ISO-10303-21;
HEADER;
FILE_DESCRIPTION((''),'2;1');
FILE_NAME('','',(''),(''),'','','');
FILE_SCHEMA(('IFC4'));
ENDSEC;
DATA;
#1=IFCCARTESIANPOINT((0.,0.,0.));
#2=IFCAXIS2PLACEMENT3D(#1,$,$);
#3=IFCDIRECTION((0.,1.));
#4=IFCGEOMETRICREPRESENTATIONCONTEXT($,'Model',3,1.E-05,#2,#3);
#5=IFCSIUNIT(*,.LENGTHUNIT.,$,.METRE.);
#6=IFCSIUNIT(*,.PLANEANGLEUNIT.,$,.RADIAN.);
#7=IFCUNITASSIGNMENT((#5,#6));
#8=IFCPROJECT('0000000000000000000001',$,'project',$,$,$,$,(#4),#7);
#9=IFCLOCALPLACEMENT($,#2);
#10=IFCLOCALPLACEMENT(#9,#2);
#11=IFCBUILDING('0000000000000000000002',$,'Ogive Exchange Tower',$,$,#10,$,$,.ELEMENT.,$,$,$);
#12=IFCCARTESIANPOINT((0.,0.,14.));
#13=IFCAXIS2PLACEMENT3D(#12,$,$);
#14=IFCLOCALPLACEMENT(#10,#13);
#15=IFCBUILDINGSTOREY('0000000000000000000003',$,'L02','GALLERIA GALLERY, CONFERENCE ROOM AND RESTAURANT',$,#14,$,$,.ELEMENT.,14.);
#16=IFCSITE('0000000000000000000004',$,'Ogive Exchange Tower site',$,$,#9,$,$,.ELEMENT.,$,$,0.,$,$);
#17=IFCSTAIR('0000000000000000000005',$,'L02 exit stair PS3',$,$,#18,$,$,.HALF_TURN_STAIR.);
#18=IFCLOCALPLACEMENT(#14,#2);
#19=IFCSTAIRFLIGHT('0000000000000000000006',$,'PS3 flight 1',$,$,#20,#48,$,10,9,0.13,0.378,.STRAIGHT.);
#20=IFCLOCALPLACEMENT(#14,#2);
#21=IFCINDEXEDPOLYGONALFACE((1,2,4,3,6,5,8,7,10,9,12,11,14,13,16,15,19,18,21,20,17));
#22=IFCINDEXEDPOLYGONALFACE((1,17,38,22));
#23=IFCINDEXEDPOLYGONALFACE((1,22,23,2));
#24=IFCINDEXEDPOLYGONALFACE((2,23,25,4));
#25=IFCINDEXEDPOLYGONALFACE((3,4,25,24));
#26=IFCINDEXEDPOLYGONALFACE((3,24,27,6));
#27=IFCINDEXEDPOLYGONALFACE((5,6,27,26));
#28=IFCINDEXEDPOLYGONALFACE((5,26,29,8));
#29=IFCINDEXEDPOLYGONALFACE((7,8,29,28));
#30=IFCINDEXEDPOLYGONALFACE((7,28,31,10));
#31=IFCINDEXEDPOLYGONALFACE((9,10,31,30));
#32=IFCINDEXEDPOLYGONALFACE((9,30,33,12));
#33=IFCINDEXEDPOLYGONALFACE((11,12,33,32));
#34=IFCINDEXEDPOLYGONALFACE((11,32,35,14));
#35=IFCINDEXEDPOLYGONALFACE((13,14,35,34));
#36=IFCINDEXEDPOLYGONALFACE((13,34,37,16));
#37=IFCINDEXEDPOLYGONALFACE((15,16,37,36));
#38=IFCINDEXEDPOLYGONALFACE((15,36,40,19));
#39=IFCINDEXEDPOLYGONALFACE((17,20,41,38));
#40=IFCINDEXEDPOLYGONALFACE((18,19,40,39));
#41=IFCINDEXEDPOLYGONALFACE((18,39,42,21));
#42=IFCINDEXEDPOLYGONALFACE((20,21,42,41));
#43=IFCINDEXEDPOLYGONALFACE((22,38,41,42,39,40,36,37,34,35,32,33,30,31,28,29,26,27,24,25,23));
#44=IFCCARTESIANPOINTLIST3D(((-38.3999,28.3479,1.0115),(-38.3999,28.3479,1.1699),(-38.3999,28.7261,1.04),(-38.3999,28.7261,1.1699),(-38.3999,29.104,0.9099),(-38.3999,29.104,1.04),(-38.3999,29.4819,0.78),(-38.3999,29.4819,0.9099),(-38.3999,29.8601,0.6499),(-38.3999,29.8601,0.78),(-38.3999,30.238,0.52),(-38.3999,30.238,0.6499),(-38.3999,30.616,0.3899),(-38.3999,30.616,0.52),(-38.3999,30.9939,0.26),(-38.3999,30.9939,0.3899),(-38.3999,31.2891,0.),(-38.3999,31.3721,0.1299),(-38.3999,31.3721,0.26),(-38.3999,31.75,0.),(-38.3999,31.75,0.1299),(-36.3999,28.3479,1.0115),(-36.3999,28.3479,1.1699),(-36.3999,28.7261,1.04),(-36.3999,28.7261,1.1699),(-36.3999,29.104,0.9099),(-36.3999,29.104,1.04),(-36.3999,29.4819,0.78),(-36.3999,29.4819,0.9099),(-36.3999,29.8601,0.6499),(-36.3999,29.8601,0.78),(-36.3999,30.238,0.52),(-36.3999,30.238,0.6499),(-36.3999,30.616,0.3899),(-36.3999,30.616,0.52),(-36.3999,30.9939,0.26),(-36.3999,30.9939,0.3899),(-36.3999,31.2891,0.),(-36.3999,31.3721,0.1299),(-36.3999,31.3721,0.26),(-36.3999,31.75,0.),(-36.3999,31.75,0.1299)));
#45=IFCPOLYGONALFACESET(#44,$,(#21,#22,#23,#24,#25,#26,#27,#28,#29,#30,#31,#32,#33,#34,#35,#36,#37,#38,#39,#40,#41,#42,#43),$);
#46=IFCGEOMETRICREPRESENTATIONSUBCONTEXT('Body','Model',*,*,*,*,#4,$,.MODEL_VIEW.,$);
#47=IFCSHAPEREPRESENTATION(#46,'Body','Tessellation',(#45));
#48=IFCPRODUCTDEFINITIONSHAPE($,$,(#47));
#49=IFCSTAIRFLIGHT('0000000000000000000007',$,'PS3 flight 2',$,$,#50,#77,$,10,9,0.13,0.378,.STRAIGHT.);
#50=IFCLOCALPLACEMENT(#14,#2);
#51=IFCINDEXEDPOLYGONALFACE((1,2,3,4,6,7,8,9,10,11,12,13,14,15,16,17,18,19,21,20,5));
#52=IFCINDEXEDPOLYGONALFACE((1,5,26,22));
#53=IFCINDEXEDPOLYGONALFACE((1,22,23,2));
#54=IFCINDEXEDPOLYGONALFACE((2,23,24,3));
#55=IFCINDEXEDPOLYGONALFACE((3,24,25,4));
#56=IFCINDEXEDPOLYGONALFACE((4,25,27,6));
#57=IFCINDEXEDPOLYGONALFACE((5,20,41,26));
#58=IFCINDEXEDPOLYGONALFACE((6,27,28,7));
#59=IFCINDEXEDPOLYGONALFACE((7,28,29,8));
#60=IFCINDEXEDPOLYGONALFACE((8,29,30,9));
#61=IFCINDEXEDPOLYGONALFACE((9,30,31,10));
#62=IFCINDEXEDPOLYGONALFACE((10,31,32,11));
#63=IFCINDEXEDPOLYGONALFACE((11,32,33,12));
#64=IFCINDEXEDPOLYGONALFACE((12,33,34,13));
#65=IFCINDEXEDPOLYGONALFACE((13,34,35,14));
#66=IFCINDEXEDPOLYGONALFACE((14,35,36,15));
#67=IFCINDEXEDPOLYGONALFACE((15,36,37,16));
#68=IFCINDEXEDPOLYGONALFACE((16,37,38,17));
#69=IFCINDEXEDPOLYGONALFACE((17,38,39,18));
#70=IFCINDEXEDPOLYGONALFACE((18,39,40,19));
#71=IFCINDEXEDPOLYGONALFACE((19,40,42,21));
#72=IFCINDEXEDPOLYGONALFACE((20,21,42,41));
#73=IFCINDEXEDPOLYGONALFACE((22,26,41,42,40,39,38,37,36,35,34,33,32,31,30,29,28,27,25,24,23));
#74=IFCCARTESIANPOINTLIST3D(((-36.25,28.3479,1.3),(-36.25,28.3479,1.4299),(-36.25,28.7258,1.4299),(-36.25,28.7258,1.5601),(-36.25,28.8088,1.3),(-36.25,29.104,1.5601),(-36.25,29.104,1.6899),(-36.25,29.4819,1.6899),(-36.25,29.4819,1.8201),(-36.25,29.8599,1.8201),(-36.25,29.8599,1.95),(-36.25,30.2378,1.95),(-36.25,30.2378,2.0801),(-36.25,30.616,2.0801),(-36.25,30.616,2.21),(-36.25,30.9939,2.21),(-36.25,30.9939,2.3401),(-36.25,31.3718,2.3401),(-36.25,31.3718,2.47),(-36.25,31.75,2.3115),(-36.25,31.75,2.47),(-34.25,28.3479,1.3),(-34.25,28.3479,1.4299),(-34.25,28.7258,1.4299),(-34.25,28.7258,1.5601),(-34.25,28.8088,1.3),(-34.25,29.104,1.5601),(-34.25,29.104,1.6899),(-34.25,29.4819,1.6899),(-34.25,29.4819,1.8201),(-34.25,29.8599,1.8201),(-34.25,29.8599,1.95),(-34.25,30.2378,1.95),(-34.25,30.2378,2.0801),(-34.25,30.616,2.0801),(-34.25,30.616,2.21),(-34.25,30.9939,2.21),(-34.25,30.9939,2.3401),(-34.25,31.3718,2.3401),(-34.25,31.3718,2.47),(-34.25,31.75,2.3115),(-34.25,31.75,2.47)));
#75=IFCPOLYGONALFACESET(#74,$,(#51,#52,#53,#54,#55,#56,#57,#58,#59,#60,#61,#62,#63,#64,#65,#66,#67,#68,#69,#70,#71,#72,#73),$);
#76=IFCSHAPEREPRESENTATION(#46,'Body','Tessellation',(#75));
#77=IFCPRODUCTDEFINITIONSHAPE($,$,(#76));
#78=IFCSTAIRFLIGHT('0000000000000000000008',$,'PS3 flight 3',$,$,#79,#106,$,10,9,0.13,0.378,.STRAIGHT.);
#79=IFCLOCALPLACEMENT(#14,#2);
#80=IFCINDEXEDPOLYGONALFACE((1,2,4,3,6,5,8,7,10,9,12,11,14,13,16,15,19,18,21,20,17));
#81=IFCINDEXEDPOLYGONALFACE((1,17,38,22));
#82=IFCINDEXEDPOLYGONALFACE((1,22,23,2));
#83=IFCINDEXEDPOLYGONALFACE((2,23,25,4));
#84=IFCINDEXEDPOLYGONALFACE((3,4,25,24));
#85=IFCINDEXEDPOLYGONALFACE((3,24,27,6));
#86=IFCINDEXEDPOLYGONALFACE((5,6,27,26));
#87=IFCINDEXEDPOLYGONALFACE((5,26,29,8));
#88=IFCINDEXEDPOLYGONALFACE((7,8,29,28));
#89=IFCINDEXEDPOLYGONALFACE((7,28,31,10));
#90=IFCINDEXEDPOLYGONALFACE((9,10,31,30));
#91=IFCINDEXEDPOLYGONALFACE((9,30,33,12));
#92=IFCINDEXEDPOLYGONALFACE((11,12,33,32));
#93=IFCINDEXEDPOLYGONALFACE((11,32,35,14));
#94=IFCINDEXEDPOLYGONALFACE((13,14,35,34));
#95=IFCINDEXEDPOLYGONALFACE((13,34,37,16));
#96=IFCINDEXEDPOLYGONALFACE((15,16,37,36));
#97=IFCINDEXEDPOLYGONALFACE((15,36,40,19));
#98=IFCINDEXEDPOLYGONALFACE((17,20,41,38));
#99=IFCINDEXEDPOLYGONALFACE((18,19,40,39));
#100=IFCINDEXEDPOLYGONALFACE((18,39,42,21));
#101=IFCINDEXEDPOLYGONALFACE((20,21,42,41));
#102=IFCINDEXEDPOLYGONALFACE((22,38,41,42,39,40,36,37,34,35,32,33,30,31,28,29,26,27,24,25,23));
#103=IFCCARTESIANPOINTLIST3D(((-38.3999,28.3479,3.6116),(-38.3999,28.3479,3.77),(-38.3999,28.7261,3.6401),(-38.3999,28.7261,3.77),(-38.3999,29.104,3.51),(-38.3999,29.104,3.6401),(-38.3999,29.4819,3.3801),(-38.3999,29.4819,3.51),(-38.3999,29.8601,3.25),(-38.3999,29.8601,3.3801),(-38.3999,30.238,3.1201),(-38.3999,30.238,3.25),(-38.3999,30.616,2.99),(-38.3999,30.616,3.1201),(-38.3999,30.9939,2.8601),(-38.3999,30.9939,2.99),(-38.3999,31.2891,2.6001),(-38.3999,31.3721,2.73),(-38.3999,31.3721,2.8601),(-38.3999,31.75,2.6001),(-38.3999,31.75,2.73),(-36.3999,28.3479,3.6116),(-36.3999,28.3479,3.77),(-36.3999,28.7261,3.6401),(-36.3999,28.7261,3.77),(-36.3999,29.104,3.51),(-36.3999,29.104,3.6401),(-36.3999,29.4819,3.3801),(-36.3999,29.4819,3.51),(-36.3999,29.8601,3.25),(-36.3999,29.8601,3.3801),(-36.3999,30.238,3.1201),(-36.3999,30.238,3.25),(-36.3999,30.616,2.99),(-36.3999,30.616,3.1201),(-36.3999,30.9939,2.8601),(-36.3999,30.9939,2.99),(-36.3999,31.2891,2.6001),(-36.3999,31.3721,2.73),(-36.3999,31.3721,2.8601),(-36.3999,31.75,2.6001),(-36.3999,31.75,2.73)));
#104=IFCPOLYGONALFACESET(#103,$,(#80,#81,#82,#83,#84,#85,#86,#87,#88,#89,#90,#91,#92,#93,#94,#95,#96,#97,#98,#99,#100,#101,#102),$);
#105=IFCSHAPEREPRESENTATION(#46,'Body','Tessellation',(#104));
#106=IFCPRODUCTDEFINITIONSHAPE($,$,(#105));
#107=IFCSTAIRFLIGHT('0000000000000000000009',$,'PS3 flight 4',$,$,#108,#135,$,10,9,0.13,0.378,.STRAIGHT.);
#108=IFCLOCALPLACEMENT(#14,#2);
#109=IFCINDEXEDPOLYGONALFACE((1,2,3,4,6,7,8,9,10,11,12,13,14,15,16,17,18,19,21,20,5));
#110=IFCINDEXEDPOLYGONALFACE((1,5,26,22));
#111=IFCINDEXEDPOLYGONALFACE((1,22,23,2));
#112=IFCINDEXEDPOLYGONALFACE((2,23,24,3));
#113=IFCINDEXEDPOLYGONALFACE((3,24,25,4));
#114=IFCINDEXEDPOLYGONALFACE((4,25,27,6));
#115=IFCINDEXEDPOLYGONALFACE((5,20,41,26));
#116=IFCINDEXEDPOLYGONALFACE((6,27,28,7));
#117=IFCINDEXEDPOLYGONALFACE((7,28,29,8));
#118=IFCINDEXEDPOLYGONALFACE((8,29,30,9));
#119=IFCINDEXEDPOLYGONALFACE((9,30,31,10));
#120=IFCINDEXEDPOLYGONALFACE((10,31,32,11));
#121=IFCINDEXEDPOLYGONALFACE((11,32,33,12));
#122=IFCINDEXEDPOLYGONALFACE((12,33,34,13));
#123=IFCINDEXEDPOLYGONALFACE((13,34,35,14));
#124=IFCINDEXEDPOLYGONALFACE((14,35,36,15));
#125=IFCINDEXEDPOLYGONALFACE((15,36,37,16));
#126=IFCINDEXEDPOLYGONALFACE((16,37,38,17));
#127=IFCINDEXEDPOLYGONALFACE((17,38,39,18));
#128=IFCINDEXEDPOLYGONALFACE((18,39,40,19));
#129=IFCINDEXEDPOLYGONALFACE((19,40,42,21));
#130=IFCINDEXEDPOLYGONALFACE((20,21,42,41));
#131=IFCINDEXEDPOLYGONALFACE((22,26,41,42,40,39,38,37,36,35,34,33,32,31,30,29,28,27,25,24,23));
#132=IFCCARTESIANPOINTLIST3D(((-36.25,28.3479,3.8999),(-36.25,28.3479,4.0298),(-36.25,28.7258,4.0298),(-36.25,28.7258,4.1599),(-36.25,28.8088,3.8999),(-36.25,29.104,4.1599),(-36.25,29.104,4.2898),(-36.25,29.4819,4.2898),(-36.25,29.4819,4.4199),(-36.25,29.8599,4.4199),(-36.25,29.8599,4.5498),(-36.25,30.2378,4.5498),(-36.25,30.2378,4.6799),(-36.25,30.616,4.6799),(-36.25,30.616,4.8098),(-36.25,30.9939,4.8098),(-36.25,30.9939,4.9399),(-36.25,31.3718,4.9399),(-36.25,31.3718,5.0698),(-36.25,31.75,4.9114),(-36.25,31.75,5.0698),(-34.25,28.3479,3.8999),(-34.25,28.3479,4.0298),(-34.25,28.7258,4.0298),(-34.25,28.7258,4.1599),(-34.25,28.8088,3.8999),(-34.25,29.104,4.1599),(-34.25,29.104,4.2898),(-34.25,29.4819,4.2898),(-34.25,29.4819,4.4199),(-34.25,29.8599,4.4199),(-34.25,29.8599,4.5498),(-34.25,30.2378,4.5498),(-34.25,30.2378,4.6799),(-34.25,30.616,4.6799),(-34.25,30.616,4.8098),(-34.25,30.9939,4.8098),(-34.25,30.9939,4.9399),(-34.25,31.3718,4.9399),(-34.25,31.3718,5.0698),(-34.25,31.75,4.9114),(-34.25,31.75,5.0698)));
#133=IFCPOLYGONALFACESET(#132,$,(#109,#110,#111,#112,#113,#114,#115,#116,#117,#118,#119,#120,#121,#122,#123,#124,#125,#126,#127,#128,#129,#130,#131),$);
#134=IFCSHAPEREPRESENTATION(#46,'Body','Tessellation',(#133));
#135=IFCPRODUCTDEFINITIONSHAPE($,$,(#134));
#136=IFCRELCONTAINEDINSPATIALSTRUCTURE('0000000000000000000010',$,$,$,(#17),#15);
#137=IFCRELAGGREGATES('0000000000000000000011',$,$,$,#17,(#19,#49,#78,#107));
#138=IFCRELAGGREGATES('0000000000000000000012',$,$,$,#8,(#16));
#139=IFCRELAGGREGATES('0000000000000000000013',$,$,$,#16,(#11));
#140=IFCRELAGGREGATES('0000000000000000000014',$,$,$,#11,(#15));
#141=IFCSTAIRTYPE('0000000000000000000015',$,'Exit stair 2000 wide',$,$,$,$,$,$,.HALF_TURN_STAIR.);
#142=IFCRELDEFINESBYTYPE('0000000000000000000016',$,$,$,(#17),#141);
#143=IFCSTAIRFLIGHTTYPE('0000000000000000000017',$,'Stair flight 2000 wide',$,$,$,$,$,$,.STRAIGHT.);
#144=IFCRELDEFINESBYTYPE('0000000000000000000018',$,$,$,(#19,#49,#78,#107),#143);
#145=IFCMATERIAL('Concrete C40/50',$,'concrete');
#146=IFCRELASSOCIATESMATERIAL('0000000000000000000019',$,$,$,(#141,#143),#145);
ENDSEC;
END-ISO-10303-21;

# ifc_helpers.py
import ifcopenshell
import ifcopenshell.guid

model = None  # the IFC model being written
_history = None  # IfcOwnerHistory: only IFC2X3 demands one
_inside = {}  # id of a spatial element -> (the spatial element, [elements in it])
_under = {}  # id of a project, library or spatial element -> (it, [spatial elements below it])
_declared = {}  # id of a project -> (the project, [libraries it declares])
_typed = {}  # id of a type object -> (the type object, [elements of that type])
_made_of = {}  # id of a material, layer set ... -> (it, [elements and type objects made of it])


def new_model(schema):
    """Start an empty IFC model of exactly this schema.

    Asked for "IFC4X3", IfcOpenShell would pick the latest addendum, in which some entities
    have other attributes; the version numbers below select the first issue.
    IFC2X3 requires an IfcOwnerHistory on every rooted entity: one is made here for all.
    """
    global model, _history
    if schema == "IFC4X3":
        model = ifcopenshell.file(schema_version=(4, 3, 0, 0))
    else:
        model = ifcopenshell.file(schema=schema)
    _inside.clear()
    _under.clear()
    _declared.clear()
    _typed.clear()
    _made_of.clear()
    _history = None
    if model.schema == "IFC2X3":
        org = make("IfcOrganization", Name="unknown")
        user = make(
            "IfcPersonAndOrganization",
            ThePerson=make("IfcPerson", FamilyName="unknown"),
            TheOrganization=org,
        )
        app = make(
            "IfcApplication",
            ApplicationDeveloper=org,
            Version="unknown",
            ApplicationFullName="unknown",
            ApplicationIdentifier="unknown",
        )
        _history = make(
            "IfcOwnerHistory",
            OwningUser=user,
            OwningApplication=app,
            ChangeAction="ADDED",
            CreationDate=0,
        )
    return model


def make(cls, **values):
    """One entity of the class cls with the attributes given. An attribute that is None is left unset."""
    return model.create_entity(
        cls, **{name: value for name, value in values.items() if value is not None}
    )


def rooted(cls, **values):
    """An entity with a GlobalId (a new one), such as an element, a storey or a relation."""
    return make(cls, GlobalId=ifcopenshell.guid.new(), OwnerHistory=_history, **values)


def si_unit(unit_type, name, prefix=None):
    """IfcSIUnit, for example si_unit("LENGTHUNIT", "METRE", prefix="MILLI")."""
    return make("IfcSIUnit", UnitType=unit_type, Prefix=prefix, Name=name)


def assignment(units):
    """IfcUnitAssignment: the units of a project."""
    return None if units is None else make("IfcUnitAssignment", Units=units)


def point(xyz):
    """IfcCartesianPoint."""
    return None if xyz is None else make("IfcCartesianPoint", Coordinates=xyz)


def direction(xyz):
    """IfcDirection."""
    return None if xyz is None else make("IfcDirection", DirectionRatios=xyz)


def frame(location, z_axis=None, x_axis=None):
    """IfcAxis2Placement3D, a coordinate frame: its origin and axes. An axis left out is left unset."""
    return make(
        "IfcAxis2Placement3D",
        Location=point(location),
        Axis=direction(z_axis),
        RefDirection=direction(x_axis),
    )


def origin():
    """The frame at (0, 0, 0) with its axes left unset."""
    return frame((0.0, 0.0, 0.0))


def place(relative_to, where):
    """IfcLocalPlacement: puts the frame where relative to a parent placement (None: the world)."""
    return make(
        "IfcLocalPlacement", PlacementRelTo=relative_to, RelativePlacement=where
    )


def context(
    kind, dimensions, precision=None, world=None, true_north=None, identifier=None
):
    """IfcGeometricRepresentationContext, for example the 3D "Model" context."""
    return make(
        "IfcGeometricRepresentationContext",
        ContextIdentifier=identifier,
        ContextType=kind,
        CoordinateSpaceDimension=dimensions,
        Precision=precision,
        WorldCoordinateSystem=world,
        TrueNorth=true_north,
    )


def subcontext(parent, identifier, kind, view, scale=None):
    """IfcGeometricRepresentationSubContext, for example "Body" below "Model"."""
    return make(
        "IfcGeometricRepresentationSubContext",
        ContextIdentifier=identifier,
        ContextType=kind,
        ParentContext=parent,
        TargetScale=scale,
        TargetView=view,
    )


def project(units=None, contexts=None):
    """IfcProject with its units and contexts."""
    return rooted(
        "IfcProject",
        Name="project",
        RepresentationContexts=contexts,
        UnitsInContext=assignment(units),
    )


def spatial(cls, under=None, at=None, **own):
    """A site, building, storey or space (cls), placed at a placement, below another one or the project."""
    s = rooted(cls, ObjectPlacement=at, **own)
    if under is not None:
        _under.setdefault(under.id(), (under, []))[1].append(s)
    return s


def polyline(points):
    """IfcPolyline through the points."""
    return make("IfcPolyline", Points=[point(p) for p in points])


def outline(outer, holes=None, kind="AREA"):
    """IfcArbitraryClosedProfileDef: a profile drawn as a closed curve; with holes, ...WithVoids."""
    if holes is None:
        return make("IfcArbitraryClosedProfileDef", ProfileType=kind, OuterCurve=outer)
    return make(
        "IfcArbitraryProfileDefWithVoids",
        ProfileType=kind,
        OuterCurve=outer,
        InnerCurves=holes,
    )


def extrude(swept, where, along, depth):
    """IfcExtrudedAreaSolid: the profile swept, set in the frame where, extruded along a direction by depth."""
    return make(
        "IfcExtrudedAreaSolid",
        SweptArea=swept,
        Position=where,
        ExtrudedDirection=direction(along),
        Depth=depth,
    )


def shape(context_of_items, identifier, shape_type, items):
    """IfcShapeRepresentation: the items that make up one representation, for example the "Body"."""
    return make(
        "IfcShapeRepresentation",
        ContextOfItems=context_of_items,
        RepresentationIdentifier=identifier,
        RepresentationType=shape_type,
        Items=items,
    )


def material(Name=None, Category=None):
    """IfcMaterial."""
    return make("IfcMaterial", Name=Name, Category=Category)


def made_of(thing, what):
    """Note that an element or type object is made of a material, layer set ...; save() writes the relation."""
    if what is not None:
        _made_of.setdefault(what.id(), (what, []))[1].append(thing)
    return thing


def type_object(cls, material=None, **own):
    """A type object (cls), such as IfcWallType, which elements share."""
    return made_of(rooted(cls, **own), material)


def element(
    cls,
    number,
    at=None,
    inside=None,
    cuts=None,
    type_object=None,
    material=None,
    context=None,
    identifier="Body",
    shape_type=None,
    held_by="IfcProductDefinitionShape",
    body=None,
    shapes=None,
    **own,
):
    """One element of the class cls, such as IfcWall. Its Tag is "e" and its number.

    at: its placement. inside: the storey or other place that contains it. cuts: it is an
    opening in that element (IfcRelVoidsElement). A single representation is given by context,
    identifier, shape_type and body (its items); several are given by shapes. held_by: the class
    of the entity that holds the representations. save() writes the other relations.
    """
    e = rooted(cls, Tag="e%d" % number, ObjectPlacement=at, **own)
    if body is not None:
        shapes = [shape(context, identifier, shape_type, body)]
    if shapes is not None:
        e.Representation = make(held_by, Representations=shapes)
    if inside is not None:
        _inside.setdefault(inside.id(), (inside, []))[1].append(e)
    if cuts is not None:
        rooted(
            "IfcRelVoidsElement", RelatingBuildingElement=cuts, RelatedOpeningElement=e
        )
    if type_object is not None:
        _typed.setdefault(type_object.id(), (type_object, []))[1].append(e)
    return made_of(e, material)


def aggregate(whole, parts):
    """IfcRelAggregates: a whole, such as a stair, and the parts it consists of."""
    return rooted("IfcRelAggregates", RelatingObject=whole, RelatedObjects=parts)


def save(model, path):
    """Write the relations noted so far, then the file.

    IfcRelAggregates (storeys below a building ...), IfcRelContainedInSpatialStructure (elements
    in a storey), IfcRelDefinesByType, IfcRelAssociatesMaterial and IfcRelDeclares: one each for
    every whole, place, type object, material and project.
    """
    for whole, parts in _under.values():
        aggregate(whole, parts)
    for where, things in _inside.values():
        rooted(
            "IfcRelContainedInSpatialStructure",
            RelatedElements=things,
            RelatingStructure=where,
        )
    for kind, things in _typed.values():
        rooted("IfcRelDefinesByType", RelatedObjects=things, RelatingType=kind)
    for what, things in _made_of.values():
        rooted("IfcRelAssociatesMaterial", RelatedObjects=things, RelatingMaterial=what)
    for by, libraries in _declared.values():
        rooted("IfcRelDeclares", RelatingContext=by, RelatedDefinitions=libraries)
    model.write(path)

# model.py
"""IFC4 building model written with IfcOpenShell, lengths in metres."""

from ifc_helpers import new_model, si_unit, direction, frame, origin, place, context, subcontext, project, spatial, polyline, outline, extrude, material, type_object, element, aggregate, save


model = new_model("IFC4")

# Units and contexts
model_context = context("Model", 3, precision=1e-05, world=origin(), true_north=direction((0.0, 1.0)))
body_context = subcontext(model_context, "Body", "Model", "MODEL_VIEW")
ifc_project = project(units=[si_unit("LENGTHUNIT", "METRE"), si_unit("PLANEANGLEUNIT", "RADIAN")], contexts=[model_context])

# Site, building, storey
site_placement = place(None, origin())
site = spatial("IfcSite", under=ifc_project, at=site_placement, Name="Ogive Exchange Tower site", CompositionType="ELEMENT", RefElevation=0.0)
building_placement = place(site_placement, origin())
building = spatial("IfcBuilding", under=site, at=building_placement, Name="Ogive Exchange Tower", CompositionType="ELEMENT")
storey_placement = place(building_placement, frame((0.0, 0.0, 14.0)))
storey = spatial("IfcBuildingStorey", under=building, at=storey_placement, Name="L02", Description="GALLERIA GALLERY, CONFERENCE ROOM AND RESTAURANT", CompositionType="ELEMENT", Elevation=14.0)

# Stair, stair flights
ifc_material_1 = material(Name="Concrete C40/50", Category="concrete")
stair_type = type_object("IfcStairType", Name="Exit stair 2000 wide", PredefinedType="HALF_TURN_STAIR", material=ifc_material_1)
stair_placement = place(storey_placement, origin())
stair = element("IfcStair", 1, at=stair_placement, inside=storey, type_object=stair_type, Name="L02 exit stair PS3", PredefinedType="HALF_TURN_STAIR")
stair_flight_type = type_object("IfcStairFlightType", Name="Stair flight 2000 wide", PredefinedType="STRAIGHT", material=ifc_material_1)
stair_flight_1_placement = place(storey_placement, frame((-37.3999, 31.75, 0.0), z_axis=(0.0, 0.0, 1.0), x_axis=(0.0, -1.0, 0.0)))
stair_flight_1 = element("IfcStairFlight", 2, at=stair_flight_1_placement, type_object=stair_flight_type, Name="PS3 flight 1", NumberOfRisers=10, NumberOfTreads=9, PredefinedType="STRAIGHT", RiserHeight=0.13, TreadLength=0.378, context=body_context, shape_type="SweptSolid", body=[
    extrude(outline(polyline([(0.0, 0.0), (0.0, 0.1299), (0.3779, 0.1299), (0.3779, 0.26), (0.7561, 0.26), (0.7561, 0.3899), (1.134, 0.3899), (1.134, 0.52), (1.512, 0.52), (1.512, 0.6499), (1.8899, 0.6499), (1.8899, 0.78), (2.2681, 0.78), (2.2681, 0.9099), (2.646, 0.9099), (2.646, 1.04), (3.0239, 1.04), (3.0239, 1.1699), (3.4021, 1.1699), (3.4021, 1.3), (3.4021, 1.0115), (0.4609, 0.0), (0.0, 0.0)])), frame((0.0, 1.0, 0.0), z_axis=(0.0, -1.0, 0.0), x_axis=(1.0, 0.0, 0.0)), (0.0, 0.0, 1.0), 2.0),
])
stair_flight_2_placement = place(storey_placement, frame((-35.25, 28.3479, 1.3), z_axis=(0.0, 0.0, 1.0), x_axis=(0.0, 1.0, 0.0)))
stair_flight_2 = element("IfcStairFlight", 3, at=stair_flight_2_placement, type_object=stair_flight_type, Name="PS3 flight 2", NumberOfRisers=10, NumberOfTreads=9, PredefinedType="STRAIGHT", RiserHeight=0.13, TreadLength=0.378, context=body_context, shape_type="SweptSolid", body=[
    extrude(outline(polyline([(0.0, 0.0), (0.0, 0.1299), (0.3779, 0.1299), (0.3779, 0.26), (0.7561, 0.26), (0.7561, 0.3899), (1.134, 0.3899), (1.134, 0.52), (1.512, 0.52), (1.512, 0.6499), (1.8899, 0.6499), (1.8899, 0.78), (2.2681, 0.78), (2.2681, 0.9099), (2.646, 0.9099), (2.646, 1.04), (3.0239, 1.04), (3.0239, 1.1699), (3.4021, 1.1699), (3.4021, 1.3), (3.4021, 1.0115), (0.4609, 0.0), (0.0, 0.0)])), frame((0.0, 1.0, 0.0), z_axis=(0.0, -1.0, 0.0), x_axis=(1.0, 0.0, 0.0)), (0.0, 0.0, 1.0), 2.0),
])
stair_flight_3_placement = place(storey_placement, frame((-37.3999, 31.75, 2.6001), z_axis=(0.0, 0.0, 1.0), x_axis=(0.0, -1.0, 0.0)))
stair_flight_3 = element("IfcStairFlight", 4, at=stair_flight_3_placement, type_object=stair_flight_type, Name="PS3 flight 3", NumberOfRisers=10, NumberOfTreads=9, PredefinedType="STRAIGHT", RiserHeight=0.13, TreadLength=0.378, context=body_context, shape_type="SweptSolid", body=[
    extrude(outline(polyline([(0.0, 0.0), (0.0, 0.1299), (0.3779, 0.1299), (0.3779, 0.26), (0.7561, 0.26), (0.7561, 0.3899), (1.134, 0.3899), (1.134, 0.52), (1.512, 0.52), (1.512, 0.6499), (1.8899, 0.6499), (1.8899, 0.78), (2.2681, 0.78), (2.2681, 0.9099), (2.646, 0.9099), (2.646, 1.04), (3.0239, 1.04), (3.0239, 1.1699), (3.4021, 1.1699), (3.4021, 1.3), (3.4021, 1.0115), (0.4609, 0.0), (0.0, 0.0)])), frame((0.0, 1.0, 0.0), z_axis=(0.0, -1.0, 0.0), x_axis=(1.0, 0.0, 0.0)), (0.0, 0.0, 1.0), 2.0),
])
stair_flight_4_placement = place(storey_placement, frame((-35.25, 28.3479, 3.8999), z_axis=(0.0, 0.0, 1.0), x_axis=(0.0, 1.0, 0.0)))
stair_flight_4 = element("IfcStairFlight", 5, at=stair_flight_4_placement, type_object=stair_flight_type, Name="PS3 flight 4", NumberOfRisers=10, NumberOfTreads=9, PredefinedType="STRAIGHT", RiserHeight=0.13, TreadLength=0.378, context=body_context, shape_type="SweptSolid", body=[
    extrude(outline(polyline([(0.0, 0.0), (0.0, 0.1299), (0.3779, 0.1299), (0.3779, 0.26), (0.7561, 0.26), (0.7561, 0.3899), (1.134, 0.3899), (1.134, 0.52), (1.512, 0.52), (1.512, 0.6499), (1.8899, 0.6499), (1.8899, 0.78), (2.2681, 0.78), (2.2681, 0.9099), (2.646, 0.9099), (2.646, 1.04), (3.0239, 1.04), (3.0239, 1.1699), (3.4021, 1.1699), (3.4021, 1.3), (3.4021, 1.0115), (0.4609, 0.0), (0.0, 0.0)])), frame((0.0, 1.0, 0.0), z_axis=(0.0, -1.0, 0.0), x_axis=(1.0, 0.0, 0.0)), (0.0, 0.0, 1.0), 2.0),
])
aggregate(stair, [stair_flight_1, stair_flight_2, stair_flight_3, stair_flight_4])

save(model, "model.ifc")
